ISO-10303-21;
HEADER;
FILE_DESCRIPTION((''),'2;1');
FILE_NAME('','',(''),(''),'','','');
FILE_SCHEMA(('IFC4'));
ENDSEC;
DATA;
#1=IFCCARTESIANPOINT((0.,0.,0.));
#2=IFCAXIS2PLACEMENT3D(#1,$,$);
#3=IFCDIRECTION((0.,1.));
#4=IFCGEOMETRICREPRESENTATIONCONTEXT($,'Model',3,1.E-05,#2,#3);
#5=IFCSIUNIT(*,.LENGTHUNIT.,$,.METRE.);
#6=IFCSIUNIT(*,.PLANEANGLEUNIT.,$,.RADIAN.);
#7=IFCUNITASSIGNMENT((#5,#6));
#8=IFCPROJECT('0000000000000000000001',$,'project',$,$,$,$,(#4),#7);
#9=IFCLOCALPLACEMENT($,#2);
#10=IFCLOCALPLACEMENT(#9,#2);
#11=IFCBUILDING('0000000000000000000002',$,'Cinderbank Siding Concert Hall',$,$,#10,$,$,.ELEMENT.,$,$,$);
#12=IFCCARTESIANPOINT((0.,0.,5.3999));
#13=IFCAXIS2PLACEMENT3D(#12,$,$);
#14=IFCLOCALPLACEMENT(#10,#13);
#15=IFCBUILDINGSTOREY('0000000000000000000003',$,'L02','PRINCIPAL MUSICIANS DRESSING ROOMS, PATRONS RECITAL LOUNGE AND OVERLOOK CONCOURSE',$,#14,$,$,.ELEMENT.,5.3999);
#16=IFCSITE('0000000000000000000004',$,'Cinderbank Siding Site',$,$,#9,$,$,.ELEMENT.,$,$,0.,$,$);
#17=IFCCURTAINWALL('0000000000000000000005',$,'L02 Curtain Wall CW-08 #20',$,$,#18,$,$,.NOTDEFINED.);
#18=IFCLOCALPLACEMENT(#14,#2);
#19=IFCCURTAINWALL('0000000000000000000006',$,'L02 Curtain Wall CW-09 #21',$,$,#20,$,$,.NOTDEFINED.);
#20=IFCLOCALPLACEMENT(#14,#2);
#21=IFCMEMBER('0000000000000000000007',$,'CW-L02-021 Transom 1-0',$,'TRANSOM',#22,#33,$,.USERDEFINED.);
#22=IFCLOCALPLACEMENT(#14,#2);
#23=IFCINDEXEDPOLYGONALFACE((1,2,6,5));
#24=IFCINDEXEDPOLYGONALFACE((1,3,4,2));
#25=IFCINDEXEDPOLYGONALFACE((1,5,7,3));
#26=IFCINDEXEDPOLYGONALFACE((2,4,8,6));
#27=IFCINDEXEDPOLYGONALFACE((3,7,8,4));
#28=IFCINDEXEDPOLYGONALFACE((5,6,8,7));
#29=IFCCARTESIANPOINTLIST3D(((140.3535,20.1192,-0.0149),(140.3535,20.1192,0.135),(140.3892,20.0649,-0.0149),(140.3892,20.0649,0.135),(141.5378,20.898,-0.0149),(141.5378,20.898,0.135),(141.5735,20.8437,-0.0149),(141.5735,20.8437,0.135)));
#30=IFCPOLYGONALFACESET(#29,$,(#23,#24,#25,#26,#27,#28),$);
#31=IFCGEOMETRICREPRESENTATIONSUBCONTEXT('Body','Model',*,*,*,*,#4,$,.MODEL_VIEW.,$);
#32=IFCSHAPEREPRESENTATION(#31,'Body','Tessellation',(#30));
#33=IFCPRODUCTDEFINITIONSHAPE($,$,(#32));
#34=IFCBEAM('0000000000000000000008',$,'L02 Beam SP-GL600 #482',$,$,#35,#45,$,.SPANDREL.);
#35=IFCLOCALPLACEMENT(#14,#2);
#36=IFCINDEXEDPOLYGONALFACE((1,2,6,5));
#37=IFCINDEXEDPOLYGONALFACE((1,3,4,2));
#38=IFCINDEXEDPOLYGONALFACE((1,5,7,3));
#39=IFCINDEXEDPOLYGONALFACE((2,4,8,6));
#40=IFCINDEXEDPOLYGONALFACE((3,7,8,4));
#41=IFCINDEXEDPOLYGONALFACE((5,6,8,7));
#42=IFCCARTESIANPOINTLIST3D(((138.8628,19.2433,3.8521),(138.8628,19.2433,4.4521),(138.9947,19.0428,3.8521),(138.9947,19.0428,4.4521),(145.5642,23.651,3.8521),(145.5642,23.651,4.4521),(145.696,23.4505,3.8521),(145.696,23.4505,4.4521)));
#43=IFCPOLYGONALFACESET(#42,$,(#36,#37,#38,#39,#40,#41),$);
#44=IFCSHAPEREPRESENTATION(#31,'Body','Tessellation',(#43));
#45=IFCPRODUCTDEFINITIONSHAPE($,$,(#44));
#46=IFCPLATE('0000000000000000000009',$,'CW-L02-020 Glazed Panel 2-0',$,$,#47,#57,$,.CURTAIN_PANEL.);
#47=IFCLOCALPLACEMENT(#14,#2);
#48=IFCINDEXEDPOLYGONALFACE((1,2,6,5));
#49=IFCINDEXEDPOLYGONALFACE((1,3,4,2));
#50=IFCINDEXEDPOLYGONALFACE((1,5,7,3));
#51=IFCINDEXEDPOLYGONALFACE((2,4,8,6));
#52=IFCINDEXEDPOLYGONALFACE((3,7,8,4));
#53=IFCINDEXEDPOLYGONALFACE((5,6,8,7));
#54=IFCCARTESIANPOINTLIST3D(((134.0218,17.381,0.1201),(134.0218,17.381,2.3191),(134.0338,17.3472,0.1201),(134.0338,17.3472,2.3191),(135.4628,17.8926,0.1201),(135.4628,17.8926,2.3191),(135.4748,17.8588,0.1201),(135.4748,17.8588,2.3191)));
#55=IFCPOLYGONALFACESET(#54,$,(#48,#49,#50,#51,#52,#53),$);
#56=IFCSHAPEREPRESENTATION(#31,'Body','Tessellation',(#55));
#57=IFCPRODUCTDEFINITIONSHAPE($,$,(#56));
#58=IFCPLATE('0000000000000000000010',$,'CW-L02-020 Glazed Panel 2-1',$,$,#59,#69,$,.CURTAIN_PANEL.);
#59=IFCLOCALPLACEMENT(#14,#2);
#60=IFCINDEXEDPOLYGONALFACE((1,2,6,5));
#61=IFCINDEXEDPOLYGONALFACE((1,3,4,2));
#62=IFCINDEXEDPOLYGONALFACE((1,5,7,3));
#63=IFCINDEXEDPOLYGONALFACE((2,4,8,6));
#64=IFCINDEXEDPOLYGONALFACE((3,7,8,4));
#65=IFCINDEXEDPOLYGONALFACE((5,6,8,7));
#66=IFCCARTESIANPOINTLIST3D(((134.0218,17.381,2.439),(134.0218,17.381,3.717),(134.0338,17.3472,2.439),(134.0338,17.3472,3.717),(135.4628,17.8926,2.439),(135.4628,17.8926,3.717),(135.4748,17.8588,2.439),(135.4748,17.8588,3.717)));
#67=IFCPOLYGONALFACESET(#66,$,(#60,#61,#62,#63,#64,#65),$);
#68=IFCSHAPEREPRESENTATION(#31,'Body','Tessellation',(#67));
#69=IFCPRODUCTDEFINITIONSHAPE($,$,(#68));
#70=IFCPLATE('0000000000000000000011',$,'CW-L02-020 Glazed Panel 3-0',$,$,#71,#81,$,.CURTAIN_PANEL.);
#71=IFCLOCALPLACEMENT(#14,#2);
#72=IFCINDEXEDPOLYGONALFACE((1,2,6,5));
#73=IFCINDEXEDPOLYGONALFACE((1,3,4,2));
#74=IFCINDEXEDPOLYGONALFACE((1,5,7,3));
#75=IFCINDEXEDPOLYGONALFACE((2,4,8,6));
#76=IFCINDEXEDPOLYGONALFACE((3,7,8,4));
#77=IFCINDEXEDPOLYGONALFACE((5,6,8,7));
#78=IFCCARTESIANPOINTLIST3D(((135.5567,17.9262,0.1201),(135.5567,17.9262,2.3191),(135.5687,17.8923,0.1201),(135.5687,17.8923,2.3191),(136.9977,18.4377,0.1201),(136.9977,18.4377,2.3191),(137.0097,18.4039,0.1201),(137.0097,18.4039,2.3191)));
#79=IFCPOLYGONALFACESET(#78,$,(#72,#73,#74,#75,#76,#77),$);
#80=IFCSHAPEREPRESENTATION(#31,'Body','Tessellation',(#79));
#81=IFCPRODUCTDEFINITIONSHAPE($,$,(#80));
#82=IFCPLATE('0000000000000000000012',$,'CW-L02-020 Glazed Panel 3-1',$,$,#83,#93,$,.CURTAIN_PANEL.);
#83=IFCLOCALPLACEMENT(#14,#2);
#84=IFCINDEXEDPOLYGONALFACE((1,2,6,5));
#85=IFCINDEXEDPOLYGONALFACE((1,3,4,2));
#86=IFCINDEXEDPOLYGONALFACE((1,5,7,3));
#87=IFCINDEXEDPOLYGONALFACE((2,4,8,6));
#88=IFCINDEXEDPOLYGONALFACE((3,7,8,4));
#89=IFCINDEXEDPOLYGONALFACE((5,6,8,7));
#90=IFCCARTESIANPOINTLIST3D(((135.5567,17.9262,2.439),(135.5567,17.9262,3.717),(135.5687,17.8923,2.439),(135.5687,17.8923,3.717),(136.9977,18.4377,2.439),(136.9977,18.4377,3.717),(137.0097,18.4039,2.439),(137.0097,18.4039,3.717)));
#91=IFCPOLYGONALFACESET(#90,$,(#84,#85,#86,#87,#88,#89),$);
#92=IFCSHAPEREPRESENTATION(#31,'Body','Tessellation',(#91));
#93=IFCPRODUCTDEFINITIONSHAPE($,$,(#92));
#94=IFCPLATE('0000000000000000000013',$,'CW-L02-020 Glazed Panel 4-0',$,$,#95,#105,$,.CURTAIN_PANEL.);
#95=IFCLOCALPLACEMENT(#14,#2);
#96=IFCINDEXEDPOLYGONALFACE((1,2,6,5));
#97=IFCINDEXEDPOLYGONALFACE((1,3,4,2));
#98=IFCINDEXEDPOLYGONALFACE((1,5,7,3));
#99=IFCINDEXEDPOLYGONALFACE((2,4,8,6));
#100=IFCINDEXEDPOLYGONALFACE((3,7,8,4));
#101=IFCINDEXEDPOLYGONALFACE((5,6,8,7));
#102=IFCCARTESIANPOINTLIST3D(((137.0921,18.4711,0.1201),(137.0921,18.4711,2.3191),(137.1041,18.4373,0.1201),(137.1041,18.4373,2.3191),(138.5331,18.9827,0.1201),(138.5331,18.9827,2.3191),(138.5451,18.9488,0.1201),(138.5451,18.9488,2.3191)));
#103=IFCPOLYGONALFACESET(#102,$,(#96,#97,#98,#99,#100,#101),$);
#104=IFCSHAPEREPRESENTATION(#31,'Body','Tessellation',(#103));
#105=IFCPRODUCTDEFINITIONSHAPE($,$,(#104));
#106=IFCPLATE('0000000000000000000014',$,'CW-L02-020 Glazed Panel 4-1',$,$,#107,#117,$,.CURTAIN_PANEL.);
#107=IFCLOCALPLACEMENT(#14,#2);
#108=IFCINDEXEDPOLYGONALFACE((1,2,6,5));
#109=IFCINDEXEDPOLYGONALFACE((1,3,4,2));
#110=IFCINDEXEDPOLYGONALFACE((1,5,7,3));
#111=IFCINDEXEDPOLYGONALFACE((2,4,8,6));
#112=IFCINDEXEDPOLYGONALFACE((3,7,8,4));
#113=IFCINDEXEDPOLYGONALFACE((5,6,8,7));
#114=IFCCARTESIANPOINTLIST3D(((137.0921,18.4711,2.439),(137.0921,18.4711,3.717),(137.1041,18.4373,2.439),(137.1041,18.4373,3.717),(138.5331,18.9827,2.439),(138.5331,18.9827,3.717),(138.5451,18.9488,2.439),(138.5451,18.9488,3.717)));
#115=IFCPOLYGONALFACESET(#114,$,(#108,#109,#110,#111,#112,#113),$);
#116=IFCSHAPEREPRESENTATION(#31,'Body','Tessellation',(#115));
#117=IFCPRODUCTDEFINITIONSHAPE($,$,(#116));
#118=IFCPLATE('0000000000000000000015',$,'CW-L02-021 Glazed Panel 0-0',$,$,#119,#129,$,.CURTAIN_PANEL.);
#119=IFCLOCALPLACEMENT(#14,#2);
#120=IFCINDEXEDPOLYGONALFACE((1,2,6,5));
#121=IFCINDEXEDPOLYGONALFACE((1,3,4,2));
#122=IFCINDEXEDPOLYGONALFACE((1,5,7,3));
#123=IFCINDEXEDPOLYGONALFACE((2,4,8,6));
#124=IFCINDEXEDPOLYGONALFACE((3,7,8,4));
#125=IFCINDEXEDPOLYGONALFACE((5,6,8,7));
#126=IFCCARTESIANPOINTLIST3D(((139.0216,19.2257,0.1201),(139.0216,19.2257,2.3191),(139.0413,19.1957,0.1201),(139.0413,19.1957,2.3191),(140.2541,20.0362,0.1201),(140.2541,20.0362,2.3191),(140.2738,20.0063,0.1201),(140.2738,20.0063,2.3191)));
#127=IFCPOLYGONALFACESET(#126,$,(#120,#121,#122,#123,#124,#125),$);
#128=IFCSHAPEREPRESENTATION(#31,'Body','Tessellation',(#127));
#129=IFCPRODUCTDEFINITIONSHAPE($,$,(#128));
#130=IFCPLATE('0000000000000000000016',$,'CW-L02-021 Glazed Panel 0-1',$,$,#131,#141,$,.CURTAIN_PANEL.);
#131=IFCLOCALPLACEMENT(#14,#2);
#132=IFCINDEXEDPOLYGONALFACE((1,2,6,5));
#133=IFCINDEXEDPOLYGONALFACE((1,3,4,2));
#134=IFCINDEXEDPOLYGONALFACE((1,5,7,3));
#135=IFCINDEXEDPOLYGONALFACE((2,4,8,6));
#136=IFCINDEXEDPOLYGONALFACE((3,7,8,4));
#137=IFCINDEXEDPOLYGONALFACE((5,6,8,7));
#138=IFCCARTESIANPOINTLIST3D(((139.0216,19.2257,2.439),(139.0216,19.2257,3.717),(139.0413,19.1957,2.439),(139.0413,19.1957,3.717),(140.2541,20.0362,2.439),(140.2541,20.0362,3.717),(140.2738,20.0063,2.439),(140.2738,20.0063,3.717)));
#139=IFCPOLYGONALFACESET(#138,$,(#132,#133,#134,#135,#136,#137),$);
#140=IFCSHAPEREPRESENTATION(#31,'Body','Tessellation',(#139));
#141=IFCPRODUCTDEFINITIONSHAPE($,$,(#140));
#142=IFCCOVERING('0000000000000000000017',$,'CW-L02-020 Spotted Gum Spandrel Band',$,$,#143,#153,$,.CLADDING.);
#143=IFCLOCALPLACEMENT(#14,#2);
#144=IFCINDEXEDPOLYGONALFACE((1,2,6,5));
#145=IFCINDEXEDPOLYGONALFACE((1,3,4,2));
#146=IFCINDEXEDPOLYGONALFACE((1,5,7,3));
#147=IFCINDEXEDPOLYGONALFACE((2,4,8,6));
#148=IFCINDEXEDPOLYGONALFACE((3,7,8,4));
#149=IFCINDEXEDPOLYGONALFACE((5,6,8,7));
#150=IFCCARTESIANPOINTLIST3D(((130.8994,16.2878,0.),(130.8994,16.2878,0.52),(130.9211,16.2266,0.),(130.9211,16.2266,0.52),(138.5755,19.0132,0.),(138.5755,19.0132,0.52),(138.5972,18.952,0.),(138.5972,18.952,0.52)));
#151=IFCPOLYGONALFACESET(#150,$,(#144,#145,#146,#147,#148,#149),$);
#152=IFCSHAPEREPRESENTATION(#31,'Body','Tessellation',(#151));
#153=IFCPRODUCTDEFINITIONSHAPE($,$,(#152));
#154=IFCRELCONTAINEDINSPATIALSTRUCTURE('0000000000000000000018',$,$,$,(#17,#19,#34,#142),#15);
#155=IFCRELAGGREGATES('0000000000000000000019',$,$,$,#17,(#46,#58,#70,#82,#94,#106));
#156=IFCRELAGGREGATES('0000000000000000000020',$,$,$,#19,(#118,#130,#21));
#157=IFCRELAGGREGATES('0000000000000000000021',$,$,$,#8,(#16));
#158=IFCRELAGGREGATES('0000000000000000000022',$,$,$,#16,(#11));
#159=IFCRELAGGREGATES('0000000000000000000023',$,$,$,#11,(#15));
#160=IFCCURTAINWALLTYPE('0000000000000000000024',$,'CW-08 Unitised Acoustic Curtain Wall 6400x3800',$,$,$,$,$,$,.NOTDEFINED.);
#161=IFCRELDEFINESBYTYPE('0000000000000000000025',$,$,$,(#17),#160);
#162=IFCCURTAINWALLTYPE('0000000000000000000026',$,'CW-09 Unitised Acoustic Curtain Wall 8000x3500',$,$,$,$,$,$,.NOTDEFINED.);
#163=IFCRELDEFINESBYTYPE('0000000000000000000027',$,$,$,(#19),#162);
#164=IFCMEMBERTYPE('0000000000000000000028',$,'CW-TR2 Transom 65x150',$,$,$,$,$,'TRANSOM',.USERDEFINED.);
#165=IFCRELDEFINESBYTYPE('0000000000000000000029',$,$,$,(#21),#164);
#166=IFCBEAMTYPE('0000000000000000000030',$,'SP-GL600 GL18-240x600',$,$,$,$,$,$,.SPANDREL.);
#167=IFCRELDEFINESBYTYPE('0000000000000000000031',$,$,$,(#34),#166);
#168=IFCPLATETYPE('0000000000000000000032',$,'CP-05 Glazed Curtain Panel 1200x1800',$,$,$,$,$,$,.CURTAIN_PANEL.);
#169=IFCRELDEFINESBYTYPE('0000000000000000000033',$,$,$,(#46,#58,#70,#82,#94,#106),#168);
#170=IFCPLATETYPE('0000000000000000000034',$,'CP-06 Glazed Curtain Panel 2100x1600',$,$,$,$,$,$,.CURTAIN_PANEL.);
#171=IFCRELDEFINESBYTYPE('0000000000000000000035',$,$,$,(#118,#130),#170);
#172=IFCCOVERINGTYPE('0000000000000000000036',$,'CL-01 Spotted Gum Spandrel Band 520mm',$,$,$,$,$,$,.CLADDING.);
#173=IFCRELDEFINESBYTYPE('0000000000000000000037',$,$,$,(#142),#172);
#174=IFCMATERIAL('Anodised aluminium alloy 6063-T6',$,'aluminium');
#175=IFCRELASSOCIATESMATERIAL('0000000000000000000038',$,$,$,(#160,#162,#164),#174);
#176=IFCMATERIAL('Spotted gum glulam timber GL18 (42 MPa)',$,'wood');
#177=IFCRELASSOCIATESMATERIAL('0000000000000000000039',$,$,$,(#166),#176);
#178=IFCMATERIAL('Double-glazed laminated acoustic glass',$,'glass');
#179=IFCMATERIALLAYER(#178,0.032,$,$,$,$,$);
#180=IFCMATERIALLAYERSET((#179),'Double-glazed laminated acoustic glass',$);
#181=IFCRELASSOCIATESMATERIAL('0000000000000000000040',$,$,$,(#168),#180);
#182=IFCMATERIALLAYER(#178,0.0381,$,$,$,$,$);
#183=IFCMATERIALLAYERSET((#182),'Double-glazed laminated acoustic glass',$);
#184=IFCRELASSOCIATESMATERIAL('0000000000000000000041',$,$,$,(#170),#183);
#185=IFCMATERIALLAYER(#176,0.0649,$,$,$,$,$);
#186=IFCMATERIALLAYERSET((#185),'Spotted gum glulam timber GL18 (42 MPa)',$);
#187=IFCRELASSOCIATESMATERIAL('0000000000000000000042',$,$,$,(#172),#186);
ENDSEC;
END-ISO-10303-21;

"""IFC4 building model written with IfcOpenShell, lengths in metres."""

from ifc_helpers import new_model, si_unit, direction, frame, origin, origin_2d, place, context, subcontext, project, spatial, rectangle, extrude, material, layer, layer_set, material_profile, profile_set, type_object, element, aggregate, save


model = new_model("IFC4")

# Units and contexts
model_context = context("Model", 3, precision=1e-05, world=origin(), true_north=direction((0.0, 1.0)))
body_context = subcontext(model_context, "Body", "Model", "MODEL_VIEW")
ifc_project = project(units=[si_unit("LENGTHUNIT", "METRE"), si_unit("PLANEANGLEUNIT", "RADIAN")], contexts=[model_context])

# Site, building, storey
site_placement = place(None, origin())
site = spatial("IfcSite", under=ifc_project, at=site_placement, Name="Cinderbank Siding Site", CompositionType="ELEMENT", RefElevation=0.0)
building_placement = place(site_placement, origin())
building = spatial("IfcBuilding", under=site, at=building_placement, Name="Cinderbank Siding Concert Hall", CompositionType="ELEMENT")
storey_placement = place(building_placement, frame((0.0, 0.0, 5.3999)))
storey = spatial("IfcBuildingStorey", under=building, at=storey_placement, Name="L02", Description="PRINCIPAL MUSICIANS DRESSING ROOMS, PATRONS RECITAL LOUNGE AND OVERLOOK CONCOURSE", CompositionType="ELEMENT", Elevation=5.3999)

# Curtain walls
ifc_material_1 = material(Name="Anodised aluminium alloy 6063-T6", Category="aluminium")
curtain_wall_type_1 = type_object("IfcCurtainWallType", Name="CW-08 Unitised Acoustic Curtain Wall 6400x3800", PredefinedType="NOTDEFINED", material=ifc_material_1)
curtain_wall_1_placement = place(storey_placement, origin())
curtain_wall_1 = element("IfcCurtainWall", 1, at=curtain_wall_1_placement, inside=storey, type_object=curtain_wall_type_1, Name="L02 Curtain Wall CW-08 #20", PredefinedType="NOTDEFINED")
curtain_wall_type_2 = type_object("IfcCurtainWallType", Name="CW-09 Unitised Acoustic Curtain Wall 8000x3500", PredefinedType="NOTDEFINED", material=ifc_material_1)
curtain_wall_2_placement = place(storey_placement, origin())
curtain_wall_2 = element("IfcCurtainWall", 2, at=curtain_wall_2_placement, inside=storey, type_object=curtain_wall_type_2, Name="L02 Curtain Wall CW-09 #21", PredefinedType="NOTDEFINED")

# Member
ifc_material_profile_1 = material_profile(ifc_material_1, rectangle(XDim=0.0649, YDim=0.1499, at=origin_2d()), Name="ALU-TRAN-65x150", Category="LoadBearing")
ifc_profile_set_1 = profile_set([ifc_material_profile_1], Name="Anodised aluminium alloy 6063-T6")
member_type_1 = type_object("IfcMemberType", Name="CW-TR2 Transom 65x150", ElementType="TRANSOM", PredefinedType="USERDEFINED", material=ifc_profile_set_1)
member_1_placement = place(storey_placement, frame((140.3713, 20.092, 0.0601), z_axis=(0.835532, 0.549443, 0.0), x_axis=(-0.549443, 0.835532, 0.0)))
member_1 = element("IfcMember", 3, at=member_1_placement, type_object=member_type_1, Name="CW-L02-021 Transom 1-0", ObjectType="TRANSOM", PredefinedType="USERDEFINED", context=body_context, shape_type="SweptSolid", body=[
    extrude(rectangle(XDim=0.0649, YDim=0.1499, at=origin_2d()), origin(), (0.0, 0.0, 1.0), 1.4175),
])

# Beam
ifc_material_2 = material(Name="Spotted gum glulam timber GL18 (42 MPa)", Category="wood")
ifc_material_profile_2 = material_profile(ifc_material_2, rectangle(XDim=0.24, YDim=0.6001, at=origin_2d()), Name="GL18-240x600", Category="LoadBearing")
ifc_profile_set_2 = profile_set([ifc_material_profile_2], Name="Spotted gum glulam timber GL18 (42 MPa)")
beam_type_1 = type_object("IfcBeamType", Name="SP-GL600 GL18-240x600", PredefinedType="SPANDREL", material=ifc_profile_set_2)
beam_1_placement = place(storey_placement, frame((138.9287, 19.1431, 4.1521), z_axis=(0.835481, 0.54952, 0.0), x_axis=(-0.54952, 0.835481, 0.0)))
element("IfcBeam", 4, at=beam_1_placement, inside=storey, type_object=beam_type_1, Name="L02 Beam SP-GL600 #482", PredefinedType="SPANDREL", context=body_context, shape_type="SweptSolid", body=[
    extrude(rectangle(XDim=0.24, YDim=0.6001, at=origin_2d()), origin(), (0.0, 0.0, 1.0), 8.021),
])

# Plates
ifc_material_3 = material(Name="Double-glazed laminated acoustic glass", Category="glass")
ifc_layer_1 = layer(ifc_material_3, 0.032)
ifc_layer_set_1 = layer_set([ifc_layer_1], Name="Double-glazed laminated acoustic glass")
plate_type_1 = type_object("IfcPlateType", Name="CP-05 Glazed Curtain Panel 1200x1800", PredefinedType="CURTAIN_PANEL", material=ifc_layer_set_1)
plate_1_placement = place(storey_placement, frame((134.7483, 17.6199, 0.1201), z_axis=(0.0, 0.0, 1.0), x_axis=(0.942366, 0.334585, 0.0)))
plate_1 = element("IfcPlate", 5, at=plate_1_placement, type_object=plate_type_1, Name="CW-L02-020 Glazed Panel 2-0", PredefinedType="CURTAIN_PANEL", context=body_context, shape_type="SweptSolid", body=[
    extrude(rectangle(XDim=1.5291, YDim=0.0359, at=origin_2d()), origin(), (0.0, 0.0, 1.0), 2.199),
])
plate_2_placement = place(storey_placement, frame((134.7483, 17.6199, 2.439), z_axis=(0.0, 0.0, 1.0), x_axis=(0.942366, 0.334585, 0.0)))
plate_2 = element("IfcPlate", 6, at=plate_2_placement, type_object=plate_type_1, Name="CW-L02-020 Glazed Panel 2-1", PredefinedType="CURTAIN_PANEL", context=body_context, shape_type="SweptSolid", body=[
    extrude(rectangle(XDim=1.5291, YDim=0.0359, at=origin_2d()), origin(), (0.0, 0.0, 1.0), 1.2781),
])
plate_3_placement = place(storey_placement, frame((136.2832, 18.165, 0.1201), z_axis=(0.0, 0.0, 1.0), x_axis=(0.942366, 0.334585, 0.0)))
plate_3 = element("IfcPlate", 7, at=plate_3_placement, type_object=plate_type_1, Name="CW-L02-020 Glazed Panel 3-0", PredefinedType="CURTAIN_PANEL", context=body_context, shape_type="SweptSolid", body=[
    extrude(rectangle(XDim=1.5291, YDim=0.0359, at=origin_2d()), origin(), (0.0, 0.0, 1.0), 2.199),
])
plate_4_placement = place(storey_placement, frame((136.2832, 18.165, 2.439), z_axis=(0.0, 0.0, 1.0), x_axis=(0.942366, 0.334585, 0.0)))
plate_4 = element("IfcPlate", 8, at=plate_4_placement, type_object=plate_type_1, Name="CW-L02-020 Glazed Panel 3-1", PredefinedType="CURTAIN_PANEL", context=body_context, shape_type="SweptSolid", body=[
    extrude(rectangle(XDim=1.5291, YDim=0.0359, at=origin_2d()), origin(), (0.0, 0.0, 1.0), 1.2781),
])
plate_5_placement = place(storey_placement, frame((137.8186, 18.71, 0.1201), z_axis=(0.0, 0.0, 1.0), x_axis=(0.942366, 0.334585, 0.0)))
plate_5 = element("IfcPlate", 9, at=plate_5_placement, type_object=plate_type_1, Name="CW-L02-020 Glazed Panel 4-0", PredefinedType="CURTAIN_PANEL", context=body_context, shape_type="SweptSolid", body=[
    extrude(rectangle(XDim=1.5291, YDim=0.0359, at=origin_2d()), origin(), (0.0, 0.0, 1.0), 2.199),
])
plate_6_placement = place(storey_placement, frame((137.8186, 18.71, 2.439), z_axis=(0.0, 0.0, 1.0), x_axis=(0.942366, 0.334585, 0.0)))
plate_6 = element("IfcPlate", 10, at=plate_6_placement, type_object=plate_type_1, Name="CW-L02-020 Glazed Panel 4-1", PredefinedType="CURTAIN_PANEL", context=body_context, shape_type="SweptSolid", body=[
    extrude(rectangle(XDim=1.5291, YDim=0.0359, at=origin_2d()), origin(), (0.0, 0.0, 1.0), 1.2781),
])
aggregate(curtain_wall_1, [plate_1, plate_2, plate_3, plate_4, plate_5, plate_6])
ifc_layer_2 = layer(ifc_material_3, 0.0381)
ifc_layer_set_2 = layer_set([ifc_layer_2], Name="Double-glazed laminated acoustic glass")
plate_type_2 = type_object("IfcPlateType", Name="CP-06 Glazed Curtain Panel 2100x1600", PredefinedType="CURTAIN_PANEL", material=ifc_layer_set_2)
plate_7_placement = place(storey_placement, frame((139.6477, 19.616, 0.1201), z_axis=(0.0, 0.0, 1.0), x_axis=(0.835492, 0.549503, 0.0)))
plate_7 = element("IfcPlate", 11, at=plate_7_placement, type_object=plate_type_2, Name="CW-L02-021 Glazed Panel 0-0", PredefinedType="CURTAIN_PANEL", context=body_context, shape_type="SweptSolid", body=[
    extrude(rectangle(XDim=1.4751, YDim=0.0359, at=origin_2d()), origin(), (0.0, 0.0, 1.0), 2.199),
])
plate_8_placement = place(storey_placement, frame((139.6477, 19.616, 2.439), z_axis=(0.0, 0.0, 1.0), x_axis=(0.835492, 0.549503, 0.0)))
plate_8 = element("IfcPlate", 12, at=plate_8_placement, type_object=plate_type_2, Name="CW-L02-021 Glazed Panel 0-1", PredefinedType="CURTAIN_PANEL", context=body_context, shape_type="SweptSolid", body=[
    extrude(rectangle(XDim=1.4751, YDim=0.0359, at=origin_2d()), origin(), (0.0, 0.0, 1.0), 1.2781),
])
aggregate(curtain_wall_2, [plate_7, plate_8, member_1])

# Covering
ifc_layer_3 = layer(ifc_material_2, 0.0649)
ifc_layer_set_3 = layer_set([ifc_layer_3], Name="Spotted gum glulam timber GL18 (42 MPa)")
covering_type = type_object("IfcCoveringType", Name="CL-01 Spotted Gum Spandrel Band 520mm", PredefinedType="CLADDING", material=ifc_layer_set_3)
covering_placement = place(storey_placement, frame((134.7483, 17.6199, 0.0), z_axis=(0.0, 0.0, 1.0), x_axis=(0.942366, 0.334585, 0.0)))
element("IfcCovering", 13, at=covering_placement, inside=storey, type_object=covering_type, Name="CW-L02-020 Spotted Gum Spandrel Band", PredefinedType="CLADDING", context=body_context, shape_type="SweptSolid", body=[
    extrude(rectangle(XDim=8.1455, YDim=0.0649, at=origin_2d()), origin(), (0.0, 0.0, 1.0), 0.52),
])

save(model, "model.ifc")
